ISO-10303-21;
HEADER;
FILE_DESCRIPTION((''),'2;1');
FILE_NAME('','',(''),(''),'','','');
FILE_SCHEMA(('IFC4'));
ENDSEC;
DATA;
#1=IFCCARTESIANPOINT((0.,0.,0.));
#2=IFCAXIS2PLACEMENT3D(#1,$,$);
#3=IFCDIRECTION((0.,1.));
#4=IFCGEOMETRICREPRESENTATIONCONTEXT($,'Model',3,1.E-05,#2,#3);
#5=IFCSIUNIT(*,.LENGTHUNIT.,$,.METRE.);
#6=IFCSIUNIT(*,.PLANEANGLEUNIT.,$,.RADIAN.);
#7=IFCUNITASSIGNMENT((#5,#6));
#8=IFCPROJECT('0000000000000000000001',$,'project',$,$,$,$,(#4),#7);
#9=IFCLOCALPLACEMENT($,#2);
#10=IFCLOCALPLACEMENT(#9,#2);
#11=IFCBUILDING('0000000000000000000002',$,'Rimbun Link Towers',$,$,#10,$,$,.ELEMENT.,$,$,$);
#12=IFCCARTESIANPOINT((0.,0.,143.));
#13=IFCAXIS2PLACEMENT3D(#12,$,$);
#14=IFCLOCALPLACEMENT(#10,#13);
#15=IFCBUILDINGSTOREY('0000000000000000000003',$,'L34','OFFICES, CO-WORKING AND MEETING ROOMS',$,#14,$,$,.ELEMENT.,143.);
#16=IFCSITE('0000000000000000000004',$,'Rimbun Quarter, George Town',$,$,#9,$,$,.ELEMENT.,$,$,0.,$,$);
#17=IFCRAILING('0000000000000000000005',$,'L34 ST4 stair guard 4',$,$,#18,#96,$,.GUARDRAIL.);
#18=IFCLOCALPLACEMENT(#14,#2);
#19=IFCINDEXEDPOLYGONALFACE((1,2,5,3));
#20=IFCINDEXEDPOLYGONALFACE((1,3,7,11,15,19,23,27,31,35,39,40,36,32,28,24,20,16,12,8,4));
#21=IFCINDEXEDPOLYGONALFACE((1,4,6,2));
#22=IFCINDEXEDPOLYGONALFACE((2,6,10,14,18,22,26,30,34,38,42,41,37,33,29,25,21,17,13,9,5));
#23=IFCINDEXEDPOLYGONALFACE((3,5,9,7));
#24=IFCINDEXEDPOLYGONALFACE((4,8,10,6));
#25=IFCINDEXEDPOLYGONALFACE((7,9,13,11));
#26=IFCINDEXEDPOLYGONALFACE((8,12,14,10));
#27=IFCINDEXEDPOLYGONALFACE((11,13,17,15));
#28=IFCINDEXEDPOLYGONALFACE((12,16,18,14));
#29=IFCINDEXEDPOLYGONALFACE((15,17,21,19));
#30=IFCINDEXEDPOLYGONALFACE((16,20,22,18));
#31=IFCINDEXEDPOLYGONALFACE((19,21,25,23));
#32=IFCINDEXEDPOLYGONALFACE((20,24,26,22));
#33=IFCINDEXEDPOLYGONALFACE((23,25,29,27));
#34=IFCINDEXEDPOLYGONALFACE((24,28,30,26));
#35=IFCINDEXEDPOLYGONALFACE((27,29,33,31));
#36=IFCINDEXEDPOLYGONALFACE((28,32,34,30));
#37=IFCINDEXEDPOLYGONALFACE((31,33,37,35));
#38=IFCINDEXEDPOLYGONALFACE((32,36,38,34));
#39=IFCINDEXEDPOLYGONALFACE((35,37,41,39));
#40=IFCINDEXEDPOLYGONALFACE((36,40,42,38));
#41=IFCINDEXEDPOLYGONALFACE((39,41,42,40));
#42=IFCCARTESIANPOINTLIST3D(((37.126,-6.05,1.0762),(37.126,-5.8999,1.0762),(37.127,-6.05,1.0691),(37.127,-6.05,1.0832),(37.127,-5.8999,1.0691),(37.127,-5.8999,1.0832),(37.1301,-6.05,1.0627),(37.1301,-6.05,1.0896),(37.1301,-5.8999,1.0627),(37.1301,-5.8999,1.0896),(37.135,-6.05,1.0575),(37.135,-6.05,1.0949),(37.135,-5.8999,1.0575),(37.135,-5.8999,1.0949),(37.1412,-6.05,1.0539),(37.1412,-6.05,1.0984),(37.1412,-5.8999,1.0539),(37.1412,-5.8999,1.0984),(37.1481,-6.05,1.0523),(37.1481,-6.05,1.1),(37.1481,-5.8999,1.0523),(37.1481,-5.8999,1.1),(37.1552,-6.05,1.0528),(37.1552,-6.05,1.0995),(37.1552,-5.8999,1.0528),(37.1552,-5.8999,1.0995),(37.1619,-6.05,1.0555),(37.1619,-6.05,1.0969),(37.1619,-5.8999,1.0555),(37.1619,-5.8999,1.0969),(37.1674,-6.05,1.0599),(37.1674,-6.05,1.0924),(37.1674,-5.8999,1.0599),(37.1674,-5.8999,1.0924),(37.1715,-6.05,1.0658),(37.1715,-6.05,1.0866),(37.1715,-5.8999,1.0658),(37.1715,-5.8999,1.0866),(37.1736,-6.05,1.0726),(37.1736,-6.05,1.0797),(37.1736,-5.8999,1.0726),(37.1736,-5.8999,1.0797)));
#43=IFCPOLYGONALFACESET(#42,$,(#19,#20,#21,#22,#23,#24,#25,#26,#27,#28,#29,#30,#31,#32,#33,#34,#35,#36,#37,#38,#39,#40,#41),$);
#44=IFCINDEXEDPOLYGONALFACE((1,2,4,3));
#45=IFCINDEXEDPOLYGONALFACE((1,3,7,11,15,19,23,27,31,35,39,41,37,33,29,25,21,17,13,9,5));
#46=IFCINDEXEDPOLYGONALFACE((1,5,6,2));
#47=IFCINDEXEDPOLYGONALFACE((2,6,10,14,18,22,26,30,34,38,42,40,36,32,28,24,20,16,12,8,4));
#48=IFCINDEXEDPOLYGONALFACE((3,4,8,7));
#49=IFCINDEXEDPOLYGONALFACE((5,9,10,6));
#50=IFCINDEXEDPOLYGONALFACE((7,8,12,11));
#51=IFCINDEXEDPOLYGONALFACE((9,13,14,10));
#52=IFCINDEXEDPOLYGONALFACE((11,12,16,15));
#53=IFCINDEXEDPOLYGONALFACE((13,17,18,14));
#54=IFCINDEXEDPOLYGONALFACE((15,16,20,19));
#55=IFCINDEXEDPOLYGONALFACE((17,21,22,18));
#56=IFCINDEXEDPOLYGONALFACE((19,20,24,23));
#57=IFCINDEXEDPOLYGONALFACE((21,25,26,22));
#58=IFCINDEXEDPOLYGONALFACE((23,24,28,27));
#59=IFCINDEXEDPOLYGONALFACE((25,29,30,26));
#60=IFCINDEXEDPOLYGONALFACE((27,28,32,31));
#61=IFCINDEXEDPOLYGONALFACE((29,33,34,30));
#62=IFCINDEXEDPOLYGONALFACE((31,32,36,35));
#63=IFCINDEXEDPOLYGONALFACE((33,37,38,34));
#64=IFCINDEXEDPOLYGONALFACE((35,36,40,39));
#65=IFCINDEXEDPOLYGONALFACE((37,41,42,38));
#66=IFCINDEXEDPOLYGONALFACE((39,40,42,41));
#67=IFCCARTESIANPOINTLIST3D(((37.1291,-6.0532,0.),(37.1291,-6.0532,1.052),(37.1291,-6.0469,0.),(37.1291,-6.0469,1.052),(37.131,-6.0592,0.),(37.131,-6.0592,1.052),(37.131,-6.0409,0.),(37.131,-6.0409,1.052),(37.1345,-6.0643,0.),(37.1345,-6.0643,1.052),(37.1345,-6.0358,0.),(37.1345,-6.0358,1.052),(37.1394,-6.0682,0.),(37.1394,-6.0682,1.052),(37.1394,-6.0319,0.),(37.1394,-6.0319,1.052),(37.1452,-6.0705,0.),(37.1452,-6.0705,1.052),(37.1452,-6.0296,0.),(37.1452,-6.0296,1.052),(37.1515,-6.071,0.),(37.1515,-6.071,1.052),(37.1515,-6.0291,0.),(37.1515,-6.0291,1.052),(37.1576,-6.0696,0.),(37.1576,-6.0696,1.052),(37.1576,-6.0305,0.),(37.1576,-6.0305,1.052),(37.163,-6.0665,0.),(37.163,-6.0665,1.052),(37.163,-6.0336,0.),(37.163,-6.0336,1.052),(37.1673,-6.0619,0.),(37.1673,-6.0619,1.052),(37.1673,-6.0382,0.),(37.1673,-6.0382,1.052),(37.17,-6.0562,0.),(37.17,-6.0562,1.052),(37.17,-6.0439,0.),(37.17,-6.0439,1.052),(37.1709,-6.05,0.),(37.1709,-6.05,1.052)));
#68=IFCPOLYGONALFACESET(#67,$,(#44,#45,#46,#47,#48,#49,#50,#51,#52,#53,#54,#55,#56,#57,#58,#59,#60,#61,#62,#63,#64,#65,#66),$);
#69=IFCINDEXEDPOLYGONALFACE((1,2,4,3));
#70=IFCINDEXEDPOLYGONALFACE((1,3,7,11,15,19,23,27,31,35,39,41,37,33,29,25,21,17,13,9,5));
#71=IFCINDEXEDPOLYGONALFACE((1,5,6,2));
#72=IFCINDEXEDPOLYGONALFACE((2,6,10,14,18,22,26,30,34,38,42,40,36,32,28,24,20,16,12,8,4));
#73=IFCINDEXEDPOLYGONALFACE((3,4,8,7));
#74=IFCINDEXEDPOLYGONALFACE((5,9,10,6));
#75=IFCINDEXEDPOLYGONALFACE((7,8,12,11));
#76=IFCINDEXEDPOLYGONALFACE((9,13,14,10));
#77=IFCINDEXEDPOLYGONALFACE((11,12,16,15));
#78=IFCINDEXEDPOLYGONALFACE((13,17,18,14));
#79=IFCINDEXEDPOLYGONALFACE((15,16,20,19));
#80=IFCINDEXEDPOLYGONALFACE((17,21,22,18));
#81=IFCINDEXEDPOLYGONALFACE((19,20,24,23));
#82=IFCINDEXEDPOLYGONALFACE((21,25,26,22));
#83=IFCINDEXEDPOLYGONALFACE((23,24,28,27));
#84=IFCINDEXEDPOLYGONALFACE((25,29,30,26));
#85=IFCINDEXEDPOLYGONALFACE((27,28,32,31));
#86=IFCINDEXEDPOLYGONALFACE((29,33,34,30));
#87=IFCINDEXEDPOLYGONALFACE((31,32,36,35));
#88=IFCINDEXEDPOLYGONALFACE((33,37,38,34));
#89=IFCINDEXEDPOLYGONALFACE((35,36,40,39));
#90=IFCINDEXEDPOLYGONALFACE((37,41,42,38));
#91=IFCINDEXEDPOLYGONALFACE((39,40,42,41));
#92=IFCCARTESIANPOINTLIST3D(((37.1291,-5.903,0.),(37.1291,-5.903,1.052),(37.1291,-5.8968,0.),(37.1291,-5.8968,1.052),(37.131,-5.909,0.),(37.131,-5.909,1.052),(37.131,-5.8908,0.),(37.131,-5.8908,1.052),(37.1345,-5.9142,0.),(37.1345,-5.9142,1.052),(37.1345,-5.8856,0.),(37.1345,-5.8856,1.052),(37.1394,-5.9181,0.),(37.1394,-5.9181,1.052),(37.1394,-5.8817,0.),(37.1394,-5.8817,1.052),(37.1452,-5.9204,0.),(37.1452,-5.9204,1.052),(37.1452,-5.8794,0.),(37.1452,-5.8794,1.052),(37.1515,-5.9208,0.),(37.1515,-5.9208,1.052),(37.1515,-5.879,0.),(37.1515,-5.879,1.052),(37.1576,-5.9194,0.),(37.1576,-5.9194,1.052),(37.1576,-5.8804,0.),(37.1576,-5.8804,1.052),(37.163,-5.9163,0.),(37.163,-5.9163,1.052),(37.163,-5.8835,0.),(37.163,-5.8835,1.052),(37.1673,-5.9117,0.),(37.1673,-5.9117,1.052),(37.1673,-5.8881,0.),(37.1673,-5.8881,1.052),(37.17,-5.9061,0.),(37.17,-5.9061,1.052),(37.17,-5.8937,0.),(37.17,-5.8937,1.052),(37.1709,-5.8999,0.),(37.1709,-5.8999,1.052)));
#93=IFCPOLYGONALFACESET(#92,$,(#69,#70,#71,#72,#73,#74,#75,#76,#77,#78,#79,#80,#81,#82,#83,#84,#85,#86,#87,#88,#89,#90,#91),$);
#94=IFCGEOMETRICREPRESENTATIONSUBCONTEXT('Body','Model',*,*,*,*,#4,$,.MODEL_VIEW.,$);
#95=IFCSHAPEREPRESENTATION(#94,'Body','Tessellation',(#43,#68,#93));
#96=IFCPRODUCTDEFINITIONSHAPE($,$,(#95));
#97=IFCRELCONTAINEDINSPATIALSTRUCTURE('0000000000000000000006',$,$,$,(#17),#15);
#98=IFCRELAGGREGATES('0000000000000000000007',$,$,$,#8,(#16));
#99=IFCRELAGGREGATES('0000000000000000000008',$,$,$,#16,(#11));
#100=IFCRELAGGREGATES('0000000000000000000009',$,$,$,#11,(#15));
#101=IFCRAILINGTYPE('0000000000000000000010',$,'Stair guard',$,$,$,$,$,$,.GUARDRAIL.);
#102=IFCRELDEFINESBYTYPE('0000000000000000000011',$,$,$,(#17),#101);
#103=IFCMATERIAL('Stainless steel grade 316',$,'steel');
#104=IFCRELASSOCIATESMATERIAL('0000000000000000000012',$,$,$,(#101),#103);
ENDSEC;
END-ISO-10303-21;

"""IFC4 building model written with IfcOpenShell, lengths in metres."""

from ifc_helpers import new_model, si_unit, direction, frame, origin, origin_2d, place, context, subcontext, project, spatial, circle, extrude, material, type_object, element, save


model = new_model("IFC4")

# Units and contexts
model_context = context("Model", 3, precision=1e-05, world=origin(), true_north=direction((0.0, 1.0)))
body_context = subcontext(model_context, "Body", "Model", "MODEL_VIEW")
ifc_project = project(units=[si_unit("LENGTHUNIT", "METRE"), si_unit("PLANEANGLEUNIT", "RADIAN")], contexts=[model_context])

# Site, building, storey
site_placement = place(None, origin())
site = spatial("IfcSite", under=ifc_project, at=site_placement, Name="Rimbun Quarter, George Town", CompositionType="ELEMENT", RefElevation=0.0)
building_placement = place(site_placement, origin())
building = spatial("IfcBuilding", under=site, at=building_placement, Name="Rimbun Link Towers", CompositionType="ELEMENT")
storey_placement = place(building_placement, frame((0.0, 0.0, 143.0)))
storey = spatial("IfcBuildingStorey", under=building, at=storey_placement, Name="L34", Description="OFFICES, CO-WORKING AND MEETING ROOMS", CompositionType="ELEMENT", Elevation=143.0)

# Railing
ifc_material_1 = material(Name="Stainless steel grade 316", Category="steel")
railing_type_1 = type_object("IfcRailingType", Name="Stair guard", PredefinedType="GUARDRAIL", material=ifc_material_1)
railing_1_placement = place(storey_placement, frame((37.1499, -6.05, 0.0)))
element("IfcRailing", 1, at=railing_1_placement, inside=storey, type_object=railing_type_1, Name="L34 ST4 stair guard 4", PredefinedType="GUARDRAIL", context=body_context, shape_type="SweptSolid", body=[
    extrude(circle(Radius=0.0239, at=origin_2d()), frame((0.0, 0.0, 1.0762), z_axis=(0.0, 1.0, 0.0), x_axis=(-1.0, 0.0, 0.0)), (0.0, 0.0, 1.0), 0.1501),
    extrude(circle(Radius=0.021, at=origin_2d()), origin(), (0.0, 0.0, 1.0), 1.052),
    extrude(circle(Radius=0.021, at=origin_2d()), frame((0.0, 0.1501, 0.0)), (0.0, 0.0, 1.0), 1.052),
])

save(model, "model.ifc")
